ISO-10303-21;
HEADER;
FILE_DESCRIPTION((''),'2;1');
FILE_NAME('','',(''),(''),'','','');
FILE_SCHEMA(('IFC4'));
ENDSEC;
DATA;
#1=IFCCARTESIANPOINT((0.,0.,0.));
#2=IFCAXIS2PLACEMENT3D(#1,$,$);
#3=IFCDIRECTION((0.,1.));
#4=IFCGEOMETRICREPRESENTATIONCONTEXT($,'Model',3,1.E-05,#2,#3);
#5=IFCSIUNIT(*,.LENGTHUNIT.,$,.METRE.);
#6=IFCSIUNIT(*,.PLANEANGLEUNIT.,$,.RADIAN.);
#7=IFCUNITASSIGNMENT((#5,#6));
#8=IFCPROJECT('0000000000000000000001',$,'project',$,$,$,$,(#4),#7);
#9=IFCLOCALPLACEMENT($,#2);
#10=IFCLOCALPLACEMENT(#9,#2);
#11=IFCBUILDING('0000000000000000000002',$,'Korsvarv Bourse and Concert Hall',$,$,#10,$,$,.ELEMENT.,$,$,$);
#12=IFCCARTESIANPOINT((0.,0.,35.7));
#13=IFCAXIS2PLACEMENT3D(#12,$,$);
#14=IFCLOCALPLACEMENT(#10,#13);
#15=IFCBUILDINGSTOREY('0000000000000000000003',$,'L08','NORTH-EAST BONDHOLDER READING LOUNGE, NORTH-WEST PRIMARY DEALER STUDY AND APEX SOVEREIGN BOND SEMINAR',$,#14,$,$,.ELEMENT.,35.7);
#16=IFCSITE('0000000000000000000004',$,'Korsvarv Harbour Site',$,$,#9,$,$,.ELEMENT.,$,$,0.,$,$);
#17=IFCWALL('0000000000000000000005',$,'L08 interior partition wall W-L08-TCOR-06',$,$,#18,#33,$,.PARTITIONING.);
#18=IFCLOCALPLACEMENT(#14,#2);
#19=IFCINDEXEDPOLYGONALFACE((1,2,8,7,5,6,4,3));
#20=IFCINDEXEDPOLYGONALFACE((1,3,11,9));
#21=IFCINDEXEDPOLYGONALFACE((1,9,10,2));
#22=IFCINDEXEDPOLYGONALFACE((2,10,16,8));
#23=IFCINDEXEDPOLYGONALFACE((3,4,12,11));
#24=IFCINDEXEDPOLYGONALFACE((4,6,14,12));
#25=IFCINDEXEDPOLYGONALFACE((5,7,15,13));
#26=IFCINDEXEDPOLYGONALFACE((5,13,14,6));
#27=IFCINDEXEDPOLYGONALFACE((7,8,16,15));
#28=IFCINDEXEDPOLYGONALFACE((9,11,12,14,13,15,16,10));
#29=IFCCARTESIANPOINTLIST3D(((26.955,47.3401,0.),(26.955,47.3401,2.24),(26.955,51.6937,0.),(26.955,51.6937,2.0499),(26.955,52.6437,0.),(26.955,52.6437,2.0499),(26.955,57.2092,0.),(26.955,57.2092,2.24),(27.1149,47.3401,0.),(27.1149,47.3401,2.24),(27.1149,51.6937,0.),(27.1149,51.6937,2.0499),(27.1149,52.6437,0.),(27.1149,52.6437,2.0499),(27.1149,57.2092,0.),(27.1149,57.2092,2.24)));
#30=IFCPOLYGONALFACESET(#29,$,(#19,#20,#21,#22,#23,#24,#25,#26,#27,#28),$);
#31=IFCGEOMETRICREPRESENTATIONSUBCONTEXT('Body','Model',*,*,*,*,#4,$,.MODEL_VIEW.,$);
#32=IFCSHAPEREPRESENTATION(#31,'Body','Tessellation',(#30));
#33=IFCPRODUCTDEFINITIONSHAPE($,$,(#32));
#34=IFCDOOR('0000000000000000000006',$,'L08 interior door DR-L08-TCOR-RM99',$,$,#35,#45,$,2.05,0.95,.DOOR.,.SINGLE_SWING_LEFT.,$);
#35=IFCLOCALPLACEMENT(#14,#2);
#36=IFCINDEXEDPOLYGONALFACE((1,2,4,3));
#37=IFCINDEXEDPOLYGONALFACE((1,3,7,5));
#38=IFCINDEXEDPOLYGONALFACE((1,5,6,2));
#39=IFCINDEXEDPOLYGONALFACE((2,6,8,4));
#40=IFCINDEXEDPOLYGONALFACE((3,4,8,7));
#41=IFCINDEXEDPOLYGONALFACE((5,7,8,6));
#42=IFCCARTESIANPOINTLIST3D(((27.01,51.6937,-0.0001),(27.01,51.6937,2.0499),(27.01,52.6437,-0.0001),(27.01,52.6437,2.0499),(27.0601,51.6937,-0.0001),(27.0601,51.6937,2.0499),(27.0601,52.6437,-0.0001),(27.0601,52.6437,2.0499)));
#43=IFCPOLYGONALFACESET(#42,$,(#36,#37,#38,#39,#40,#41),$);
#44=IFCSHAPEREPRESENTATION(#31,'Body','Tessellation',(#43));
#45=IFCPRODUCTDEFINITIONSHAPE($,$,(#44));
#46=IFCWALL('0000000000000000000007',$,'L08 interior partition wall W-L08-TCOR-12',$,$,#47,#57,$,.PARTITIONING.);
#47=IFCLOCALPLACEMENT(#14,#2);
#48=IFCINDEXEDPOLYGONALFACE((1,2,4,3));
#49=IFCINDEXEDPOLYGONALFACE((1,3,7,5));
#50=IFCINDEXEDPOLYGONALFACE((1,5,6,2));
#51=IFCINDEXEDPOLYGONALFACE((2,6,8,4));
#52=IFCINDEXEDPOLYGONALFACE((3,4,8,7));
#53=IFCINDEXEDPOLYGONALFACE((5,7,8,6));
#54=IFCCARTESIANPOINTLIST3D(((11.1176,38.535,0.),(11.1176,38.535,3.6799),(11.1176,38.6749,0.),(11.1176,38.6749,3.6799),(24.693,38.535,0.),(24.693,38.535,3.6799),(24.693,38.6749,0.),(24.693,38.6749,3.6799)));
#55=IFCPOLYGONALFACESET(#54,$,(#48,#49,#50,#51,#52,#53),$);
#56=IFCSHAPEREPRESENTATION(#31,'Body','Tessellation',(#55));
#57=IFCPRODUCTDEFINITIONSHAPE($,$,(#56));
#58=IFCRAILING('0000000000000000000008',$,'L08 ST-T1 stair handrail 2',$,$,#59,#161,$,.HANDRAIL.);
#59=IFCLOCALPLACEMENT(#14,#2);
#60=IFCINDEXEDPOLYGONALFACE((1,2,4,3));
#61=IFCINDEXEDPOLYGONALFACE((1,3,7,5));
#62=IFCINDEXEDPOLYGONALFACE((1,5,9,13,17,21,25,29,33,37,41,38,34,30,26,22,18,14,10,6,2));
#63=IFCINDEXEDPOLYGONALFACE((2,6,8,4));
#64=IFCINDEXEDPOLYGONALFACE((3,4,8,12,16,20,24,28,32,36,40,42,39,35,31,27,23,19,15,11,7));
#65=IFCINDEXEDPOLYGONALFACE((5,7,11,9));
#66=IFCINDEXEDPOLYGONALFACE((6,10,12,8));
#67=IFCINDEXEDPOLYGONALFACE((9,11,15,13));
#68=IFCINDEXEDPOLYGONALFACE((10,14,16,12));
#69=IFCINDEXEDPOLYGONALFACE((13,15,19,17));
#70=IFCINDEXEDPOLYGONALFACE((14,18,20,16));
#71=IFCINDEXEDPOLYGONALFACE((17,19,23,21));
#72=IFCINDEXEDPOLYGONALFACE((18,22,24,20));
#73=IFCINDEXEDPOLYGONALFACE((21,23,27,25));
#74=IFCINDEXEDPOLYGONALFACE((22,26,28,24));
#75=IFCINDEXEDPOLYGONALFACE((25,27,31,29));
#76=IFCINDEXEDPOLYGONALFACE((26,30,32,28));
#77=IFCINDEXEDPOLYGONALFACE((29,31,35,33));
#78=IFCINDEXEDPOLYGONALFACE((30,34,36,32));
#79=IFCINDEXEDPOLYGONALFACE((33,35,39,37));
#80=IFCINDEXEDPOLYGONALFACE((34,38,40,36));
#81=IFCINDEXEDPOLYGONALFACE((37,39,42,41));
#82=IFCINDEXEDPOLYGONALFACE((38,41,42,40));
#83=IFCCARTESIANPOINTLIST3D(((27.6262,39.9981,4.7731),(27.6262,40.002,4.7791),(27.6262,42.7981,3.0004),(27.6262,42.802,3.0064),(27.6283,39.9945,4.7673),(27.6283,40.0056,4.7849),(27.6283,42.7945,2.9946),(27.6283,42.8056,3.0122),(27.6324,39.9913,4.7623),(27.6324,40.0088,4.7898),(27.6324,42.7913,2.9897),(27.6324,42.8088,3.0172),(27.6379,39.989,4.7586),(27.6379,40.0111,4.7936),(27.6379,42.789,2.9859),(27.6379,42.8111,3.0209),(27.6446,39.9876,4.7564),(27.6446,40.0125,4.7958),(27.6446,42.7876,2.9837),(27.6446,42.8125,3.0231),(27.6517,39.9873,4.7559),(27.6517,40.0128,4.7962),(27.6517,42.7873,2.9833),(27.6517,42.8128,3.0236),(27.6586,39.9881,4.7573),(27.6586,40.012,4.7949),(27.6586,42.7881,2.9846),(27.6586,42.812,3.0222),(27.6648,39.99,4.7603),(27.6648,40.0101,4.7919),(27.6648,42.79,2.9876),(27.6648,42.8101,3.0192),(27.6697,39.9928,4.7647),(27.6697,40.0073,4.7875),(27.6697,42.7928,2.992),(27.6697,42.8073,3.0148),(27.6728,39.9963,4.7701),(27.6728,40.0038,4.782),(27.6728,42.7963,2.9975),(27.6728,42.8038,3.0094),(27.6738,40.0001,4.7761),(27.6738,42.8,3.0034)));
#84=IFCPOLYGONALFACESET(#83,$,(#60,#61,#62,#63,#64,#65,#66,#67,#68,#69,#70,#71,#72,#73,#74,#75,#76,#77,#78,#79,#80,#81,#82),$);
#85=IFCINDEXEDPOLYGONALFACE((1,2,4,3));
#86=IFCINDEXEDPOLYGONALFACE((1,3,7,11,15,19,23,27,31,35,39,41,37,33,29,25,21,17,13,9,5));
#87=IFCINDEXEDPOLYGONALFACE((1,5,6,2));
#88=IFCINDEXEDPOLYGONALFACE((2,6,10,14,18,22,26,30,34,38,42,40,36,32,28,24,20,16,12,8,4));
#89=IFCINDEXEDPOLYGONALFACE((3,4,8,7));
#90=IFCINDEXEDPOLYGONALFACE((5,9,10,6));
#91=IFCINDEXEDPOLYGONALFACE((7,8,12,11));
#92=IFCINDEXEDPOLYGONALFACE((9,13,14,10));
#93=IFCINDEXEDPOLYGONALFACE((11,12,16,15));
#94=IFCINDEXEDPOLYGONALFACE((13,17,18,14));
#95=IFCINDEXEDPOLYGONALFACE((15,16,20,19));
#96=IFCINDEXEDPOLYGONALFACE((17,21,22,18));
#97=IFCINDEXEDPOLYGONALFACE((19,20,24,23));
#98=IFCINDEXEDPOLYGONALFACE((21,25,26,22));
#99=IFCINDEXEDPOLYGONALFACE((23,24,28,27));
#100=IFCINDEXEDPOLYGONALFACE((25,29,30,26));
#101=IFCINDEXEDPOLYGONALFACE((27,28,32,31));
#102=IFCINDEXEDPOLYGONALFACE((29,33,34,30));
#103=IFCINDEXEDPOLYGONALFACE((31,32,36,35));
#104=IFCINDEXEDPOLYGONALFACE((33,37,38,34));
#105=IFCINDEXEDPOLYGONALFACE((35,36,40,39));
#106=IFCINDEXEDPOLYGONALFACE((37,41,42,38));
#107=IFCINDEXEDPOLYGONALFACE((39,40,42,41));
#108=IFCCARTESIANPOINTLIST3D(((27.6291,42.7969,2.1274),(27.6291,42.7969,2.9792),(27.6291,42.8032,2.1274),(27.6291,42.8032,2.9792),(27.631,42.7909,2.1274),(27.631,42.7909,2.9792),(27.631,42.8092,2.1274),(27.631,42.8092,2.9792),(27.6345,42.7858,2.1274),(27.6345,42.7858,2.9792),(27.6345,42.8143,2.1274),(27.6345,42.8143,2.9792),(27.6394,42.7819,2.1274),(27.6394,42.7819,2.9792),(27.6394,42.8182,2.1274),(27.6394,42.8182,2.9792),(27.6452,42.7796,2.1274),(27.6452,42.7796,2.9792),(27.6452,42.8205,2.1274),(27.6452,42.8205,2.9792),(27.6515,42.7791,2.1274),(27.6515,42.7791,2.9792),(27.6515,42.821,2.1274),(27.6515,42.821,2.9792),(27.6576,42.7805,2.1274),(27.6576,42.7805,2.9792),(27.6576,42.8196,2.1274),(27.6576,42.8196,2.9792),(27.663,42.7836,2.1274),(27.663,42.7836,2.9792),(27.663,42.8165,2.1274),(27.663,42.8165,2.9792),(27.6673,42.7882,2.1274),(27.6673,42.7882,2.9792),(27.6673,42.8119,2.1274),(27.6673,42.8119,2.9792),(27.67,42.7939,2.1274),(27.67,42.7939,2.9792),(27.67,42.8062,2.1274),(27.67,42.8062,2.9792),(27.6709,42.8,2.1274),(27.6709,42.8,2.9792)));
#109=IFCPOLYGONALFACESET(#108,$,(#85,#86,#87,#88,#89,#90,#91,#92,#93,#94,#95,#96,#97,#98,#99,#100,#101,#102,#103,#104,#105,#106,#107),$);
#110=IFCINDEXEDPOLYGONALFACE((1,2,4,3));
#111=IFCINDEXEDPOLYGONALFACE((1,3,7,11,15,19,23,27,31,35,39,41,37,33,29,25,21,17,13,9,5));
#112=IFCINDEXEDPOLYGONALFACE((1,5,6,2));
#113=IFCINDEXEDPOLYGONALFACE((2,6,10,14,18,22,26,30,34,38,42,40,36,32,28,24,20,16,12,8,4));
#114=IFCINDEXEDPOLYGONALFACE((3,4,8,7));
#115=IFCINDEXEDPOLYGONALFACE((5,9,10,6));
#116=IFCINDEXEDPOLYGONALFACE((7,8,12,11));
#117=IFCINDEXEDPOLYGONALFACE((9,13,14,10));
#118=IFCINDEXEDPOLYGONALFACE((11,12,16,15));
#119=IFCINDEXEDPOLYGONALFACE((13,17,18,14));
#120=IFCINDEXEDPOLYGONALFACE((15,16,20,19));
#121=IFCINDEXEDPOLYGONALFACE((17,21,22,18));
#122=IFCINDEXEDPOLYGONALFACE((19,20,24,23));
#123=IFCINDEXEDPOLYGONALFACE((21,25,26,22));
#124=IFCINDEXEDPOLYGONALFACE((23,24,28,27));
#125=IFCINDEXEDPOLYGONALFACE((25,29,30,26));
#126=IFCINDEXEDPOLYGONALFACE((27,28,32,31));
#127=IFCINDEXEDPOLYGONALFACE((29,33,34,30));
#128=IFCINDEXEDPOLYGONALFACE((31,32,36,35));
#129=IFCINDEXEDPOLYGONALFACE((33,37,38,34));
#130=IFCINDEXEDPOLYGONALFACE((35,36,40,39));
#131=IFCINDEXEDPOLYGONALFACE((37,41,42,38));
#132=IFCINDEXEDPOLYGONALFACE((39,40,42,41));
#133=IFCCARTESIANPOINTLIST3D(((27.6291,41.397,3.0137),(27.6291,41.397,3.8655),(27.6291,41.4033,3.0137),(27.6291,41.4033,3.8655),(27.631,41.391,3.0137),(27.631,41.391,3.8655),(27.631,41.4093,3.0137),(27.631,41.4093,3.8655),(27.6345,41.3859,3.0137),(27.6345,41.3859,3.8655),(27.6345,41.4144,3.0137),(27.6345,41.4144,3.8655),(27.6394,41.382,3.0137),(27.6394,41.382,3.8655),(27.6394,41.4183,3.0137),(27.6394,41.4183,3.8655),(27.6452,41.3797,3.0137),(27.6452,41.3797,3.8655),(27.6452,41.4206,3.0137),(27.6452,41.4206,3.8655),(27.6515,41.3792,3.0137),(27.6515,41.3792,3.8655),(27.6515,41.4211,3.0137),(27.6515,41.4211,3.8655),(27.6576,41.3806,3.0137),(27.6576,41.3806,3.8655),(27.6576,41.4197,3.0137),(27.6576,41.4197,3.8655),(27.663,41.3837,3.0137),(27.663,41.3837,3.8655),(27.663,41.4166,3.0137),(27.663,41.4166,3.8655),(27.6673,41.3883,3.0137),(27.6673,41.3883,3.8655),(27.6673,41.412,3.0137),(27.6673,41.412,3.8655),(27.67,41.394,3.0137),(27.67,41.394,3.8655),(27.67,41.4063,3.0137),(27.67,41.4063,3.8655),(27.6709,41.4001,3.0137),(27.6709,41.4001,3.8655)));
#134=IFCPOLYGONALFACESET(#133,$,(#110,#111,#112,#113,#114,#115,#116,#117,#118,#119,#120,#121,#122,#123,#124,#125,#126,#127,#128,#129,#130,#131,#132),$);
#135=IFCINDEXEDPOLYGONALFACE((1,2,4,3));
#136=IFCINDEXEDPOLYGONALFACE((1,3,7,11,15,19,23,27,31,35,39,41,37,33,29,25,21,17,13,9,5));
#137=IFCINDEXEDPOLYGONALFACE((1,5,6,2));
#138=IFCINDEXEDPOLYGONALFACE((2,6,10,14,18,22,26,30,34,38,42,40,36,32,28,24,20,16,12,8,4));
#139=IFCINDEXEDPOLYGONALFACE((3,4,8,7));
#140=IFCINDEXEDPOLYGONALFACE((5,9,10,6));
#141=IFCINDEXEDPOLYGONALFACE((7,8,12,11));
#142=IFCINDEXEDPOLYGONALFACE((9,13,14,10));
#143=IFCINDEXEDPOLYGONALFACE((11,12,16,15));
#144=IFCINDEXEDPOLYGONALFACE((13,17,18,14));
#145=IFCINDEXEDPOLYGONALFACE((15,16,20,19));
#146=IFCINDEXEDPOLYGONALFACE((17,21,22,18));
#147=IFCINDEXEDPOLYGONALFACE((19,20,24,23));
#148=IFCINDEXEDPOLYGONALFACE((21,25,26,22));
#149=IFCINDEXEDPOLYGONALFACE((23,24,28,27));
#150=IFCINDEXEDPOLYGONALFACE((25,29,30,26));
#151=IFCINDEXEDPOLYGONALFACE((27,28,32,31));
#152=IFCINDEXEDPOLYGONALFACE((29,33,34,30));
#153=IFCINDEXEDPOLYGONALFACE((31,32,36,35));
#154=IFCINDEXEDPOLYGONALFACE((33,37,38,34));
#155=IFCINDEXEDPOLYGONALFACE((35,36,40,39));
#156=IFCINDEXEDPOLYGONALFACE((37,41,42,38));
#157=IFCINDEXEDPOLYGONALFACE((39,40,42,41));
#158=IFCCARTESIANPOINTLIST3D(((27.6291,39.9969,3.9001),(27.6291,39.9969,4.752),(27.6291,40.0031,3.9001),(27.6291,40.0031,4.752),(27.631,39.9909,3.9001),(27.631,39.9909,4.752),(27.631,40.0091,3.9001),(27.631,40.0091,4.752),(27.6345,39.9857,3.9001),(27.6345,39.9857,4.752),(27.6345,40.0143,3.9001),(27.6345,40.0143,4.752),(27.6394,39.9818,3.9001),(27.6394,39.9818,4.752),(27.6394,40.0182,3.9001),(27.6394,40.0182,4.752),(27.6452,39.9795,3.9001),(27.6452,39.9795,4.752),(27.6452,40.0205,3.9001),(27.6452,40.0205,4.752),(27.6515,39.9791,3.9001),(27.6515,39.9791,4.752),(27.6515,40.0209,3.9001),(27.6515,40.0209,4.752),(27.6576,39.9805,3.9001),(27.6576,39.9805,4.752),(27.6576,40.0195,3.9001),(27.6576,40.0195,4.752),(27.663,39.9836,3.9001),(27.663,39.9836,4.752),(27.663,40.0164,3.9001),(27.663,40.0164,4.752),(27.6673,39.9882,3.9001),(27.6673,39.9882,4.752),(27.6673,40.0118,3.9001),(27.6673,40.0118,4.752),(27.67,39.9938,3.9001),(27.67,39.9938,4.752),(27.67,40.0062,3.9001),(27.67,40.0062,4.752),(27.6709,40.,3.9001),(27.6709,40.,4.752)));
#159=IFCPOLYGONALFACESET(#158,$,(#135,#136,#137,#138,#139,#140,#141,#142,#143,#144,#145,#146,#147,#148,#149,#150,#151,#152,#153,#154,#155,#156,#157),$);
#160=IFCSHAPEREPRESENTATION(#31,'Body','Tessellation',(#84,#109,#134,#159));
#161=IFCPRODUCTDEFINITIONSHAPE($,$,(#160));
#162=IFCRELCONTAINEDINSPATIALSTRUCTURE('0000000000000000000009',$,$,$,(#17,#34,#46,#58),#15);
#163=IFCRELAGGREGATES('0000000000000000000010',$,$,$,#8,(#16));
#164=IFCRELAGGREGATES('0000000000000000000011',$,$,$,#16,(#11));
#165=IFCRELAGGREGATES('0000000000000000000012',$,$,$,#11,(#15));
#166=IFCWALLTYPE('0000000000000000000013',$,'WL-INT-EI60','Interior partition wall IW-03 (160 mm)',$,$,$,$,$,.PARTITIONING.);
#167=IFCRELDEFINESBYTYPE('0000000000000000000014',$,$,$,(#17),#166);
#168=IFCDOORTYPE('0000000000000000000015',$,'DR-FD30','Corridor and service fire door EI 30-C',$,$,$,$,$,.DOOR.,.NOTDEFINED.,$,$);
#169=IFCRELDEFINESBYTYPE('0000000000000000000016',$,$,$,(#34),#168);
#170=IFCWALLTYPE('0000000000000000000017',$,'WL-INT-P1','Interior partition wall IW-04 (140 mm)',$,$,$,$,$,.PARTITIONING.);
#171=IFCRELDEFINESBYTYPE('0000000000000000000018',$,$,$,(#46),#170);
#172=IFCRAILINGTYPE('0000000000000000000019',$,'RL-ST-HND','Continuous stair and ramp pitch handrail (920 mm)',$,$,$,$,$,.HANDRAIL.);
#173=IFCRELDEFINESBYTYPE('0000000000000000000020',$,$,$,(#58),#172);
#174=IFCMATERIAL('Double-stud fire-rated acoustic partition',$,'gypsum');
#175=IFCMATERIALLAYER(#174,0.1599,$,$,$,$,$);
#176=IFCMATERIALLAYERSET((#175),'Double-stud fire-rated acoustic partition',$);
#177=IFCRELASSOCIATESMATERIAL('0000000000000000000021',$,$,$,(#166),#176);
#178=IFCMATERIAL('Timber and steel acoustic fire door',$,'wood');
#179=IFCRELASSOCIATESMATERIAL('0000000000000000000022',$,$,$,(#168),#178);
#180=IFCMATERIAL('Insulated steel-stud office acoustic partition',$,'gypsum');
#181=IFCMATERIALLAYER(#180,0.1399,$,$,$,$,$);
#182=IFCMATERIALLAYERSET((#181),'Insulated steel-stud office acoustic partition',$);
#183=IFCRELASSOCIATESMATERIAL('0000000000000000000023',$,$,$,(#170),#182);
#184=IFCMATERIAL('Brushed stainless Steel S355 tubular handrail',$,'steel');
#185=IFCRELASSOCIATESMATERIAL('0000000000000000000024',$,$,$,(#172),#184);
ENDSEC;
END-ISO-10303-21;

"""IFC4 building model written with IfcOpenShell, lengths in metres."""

from ifc_helpers import new_model, si_unit, direction, frame, frame_2d, origin, origin_2d, place, context, subcontext, project, spatial, rectangle, circle, extrude, material, layer, layer_set, type_object, element, fill, save


model = new_model("IFC4")

# Units and contexts
model_context = context("Model", 3, precision=1e-05, world=origin(), true_north=direction((0.0, 1.0)))
body_context = subcontext(model_context, "Body", "Model", "MODEL_VIEW")
ifc_project = project(units=[si_unit("LENGTHUNIT", "METRE"), si_unit("PLANEANGLEUNIT", "RADIAN")], contexts=[model_context])

# Site, building, storey
site_placement = place(None, origin())
site = spatial("IfcSite", under=ifc_project, at=site_placement, Name="Korsvarv Harbour Site", CompositionType="ELEMENT", RefElevation=0.0)
building_placement = place(site_placement, origin())
building = spatial("IfcBuilding", under=site, at=building_placement, Name="Korsvarv Bourse and Concert Hall", CompositionType="ELEMENT")
storey_placement = place(building_placement, frame((0.0, 0.0, 35.7)))
storey = spatial("IfcBuildingStorey", under=building, at=storey_placement, Name="L08", Description="NORTH-EAST BONDHOLDER READING LOUNGE, NORTH-WEST PRIMARY DEALER STUDY AND APEX SOVEREIGN BOND SEMINAR", CompositionType="ELEMENT", Elevation=35.7)

# Wall, opening, door
ifc_material_1 = material(Name="Double-stud fire-rated acoustic partition", Category="gypsum")
ifc_layer_1 = layer(ifc_material_1, 0.1599)
ifc_layer_set_1 = layer_set([ifc_layer_1], Name="Double-stud fire-rated acoustic partition")
wall_type_1 = type_object("IfcWallType", Name="WL-INT-EI60", Description="Interior partition wall IW-03 (160 mm)", PredefinedType="PARTITIONING", material=ifc_layer_set_1)
wall_1_placement = place(storey_placement, frame((27.0349, 47.3401, 0.0), z_axis=(0.0, 0.0, 1.0), x_axis=(0.0, 1.0, 0.0)))
wall_1 = element("IfcWall", 1, at=wall_1_placement, inside=storey, type_object=wall_type_1, Name="L08 interior partition wall W-L08-TCOR-06", PredefinedType="PARTITIONING", context=body_context, shape_type="SweptSolid", body=[
    extrude(rectangle(XDim=9.8691, YDim=0.1599, at=frame_2d((4.9346, 0.0))), origin(), (0.0, 0.0, 1.0), 2.24),
])
opening_1_placement = place(wall_1_placement, frame((4.3535, 0.0, 0.0)))
opening_1 = element("IfcOpeningElement", 2, at=opening_1_placement, cuts=wall_1, PredefinedType="OPENING", context=body_context, shape_type="SweptSolid", body=[
    extrude(rectangle(XDim=0.95, YDim=2.05, at=frame_2d((0.4751, 1.0249))), frame((0.0, 0.0898, 0.0), z_axis=(0.0, -1.0, 0.0), x_axis=(1.0, 0.0, 0.0)), (0.0, 0.0, 1.0), 0.1799),
])
ifc_material_2 = material(Name="Timber and steel acoustic fire door", Category="wood")
door_type_1 = type_object("IfcDoorType", Name="DR-FD30", Description="Corridor and service fire door EI 30-C", OperationType="NOTDEFINED", PredefinedType="DOOR", material=ifc_material_2)
door_1_placement = place(opening_1_placement, origin())
door_1 = element("IfcDoor", 3, at=door_1_placement, inside=storey, type_object=door_type_1, Name="L08 interior door DR-L08-TCOR-RM99", OperationType="SINGLE_SWING_LEFT", OverallHeight=2.05, OverallWidth=0.95, PredefinedType="DOOR", context=body_context, shape_type="SweptSolid", body=[
    extrude(rectangle(XDim=0.95, YDim=2.05, at=frame_2d((0.4751, 1.0249))), frame((0.0, 0.0249, 0.0), z_axis=(0.0, -1.0, 0.0), x_axis=(1.0, 0.0, 0.0)), (0.0, 0.0, 1.0), 0.05),
])
fill(opening_1, door_1)

# Wall
ifc_material_3 = material(Name="Insulated steel-stud office acoustic partition", Category="gypsum")
ifc_layer_2 = layer(ifc_material_3, 0.1399)
ifc_layer_set_2 = layer_set([ifc_layer_2], Name="Insulated steel-stud office acoustic partition")
wall_type_2 = type_object("IfcWallType", Name="WL-INT-P1", Description="Interior partition wall IW-04 (140 mm)", PredefinedType="PARTITIONING", material=ifc_layer_set_2)
wall_2_placement = place(storey_placement, frame((11.1177, 38.605, 0.0), z_axis=(0.0, 0.0, 1.0), x_axis=(1.0, 0.0, 0.0)))
element("IfcWall", 4, at=wall_2_placement, inside=storey, type_object=wall_type_2, Name="L08 interior partition wall W-L08-TCOR-12", PredefinedType="PARTITIONING", context=body_context, shape_type="SweptSolid", body=[
    extrude(rectangle(XDim=13.5754, YDim=0.1399, at=frame_2d((6.7876, 0.0))), origin(), (0.0, 0.0, 1.0), 3.6799),
])

# Railing
ifc_material_4 = material(Name="Brushed stainless Steel S355 tubular handrail", Category="steel")
railing_type = type_object("IfcRailingType", Name="RL-ST-HND", Description="Continuous stair and ramp pitch handrail (920 mm)", PredefinedType="HANDRAIL", material=ifc_material_4)
railing_placement = place(storey_placement, frame((27.6499, 42.8, 2.1274)))
element("IfcRailing", 5, at=railing_placement, inside=storey, type_object=railing_type, Name="L08 ST-T1 stair handrail 2", PredefinedType="HANDRAIL", context=body_context, shape_type="SweptSolid", body=[
    extrude(circle(Radius=0.0239, at=origin_2d()), frame((0.0, 0.0, 0.876), z_axis=(0.0, -0.844909, 0.53491), x_axis=(1.0, 0.0, 0.0)), (0.0, 0.0, 1.0), 3.314),
    extrude(circle(Radius=0.021, at=origin_2d()), origin(), (0.0, 0.0, 1.0), 0.8518),
    extrude(circle(Radius=0.021, at=origin_2d()), frame((0.0, -1.3999, 0.8862)), (0.0, 0.0, 1.0), 0.8518),
    extrude(circle(Radius=0.021, at=origin_2d()), frame((0.0, -2.8, 1.7727)), (0.0, 0.0, 1.0), 0.8518),
])

save(model, "model.ifc")
